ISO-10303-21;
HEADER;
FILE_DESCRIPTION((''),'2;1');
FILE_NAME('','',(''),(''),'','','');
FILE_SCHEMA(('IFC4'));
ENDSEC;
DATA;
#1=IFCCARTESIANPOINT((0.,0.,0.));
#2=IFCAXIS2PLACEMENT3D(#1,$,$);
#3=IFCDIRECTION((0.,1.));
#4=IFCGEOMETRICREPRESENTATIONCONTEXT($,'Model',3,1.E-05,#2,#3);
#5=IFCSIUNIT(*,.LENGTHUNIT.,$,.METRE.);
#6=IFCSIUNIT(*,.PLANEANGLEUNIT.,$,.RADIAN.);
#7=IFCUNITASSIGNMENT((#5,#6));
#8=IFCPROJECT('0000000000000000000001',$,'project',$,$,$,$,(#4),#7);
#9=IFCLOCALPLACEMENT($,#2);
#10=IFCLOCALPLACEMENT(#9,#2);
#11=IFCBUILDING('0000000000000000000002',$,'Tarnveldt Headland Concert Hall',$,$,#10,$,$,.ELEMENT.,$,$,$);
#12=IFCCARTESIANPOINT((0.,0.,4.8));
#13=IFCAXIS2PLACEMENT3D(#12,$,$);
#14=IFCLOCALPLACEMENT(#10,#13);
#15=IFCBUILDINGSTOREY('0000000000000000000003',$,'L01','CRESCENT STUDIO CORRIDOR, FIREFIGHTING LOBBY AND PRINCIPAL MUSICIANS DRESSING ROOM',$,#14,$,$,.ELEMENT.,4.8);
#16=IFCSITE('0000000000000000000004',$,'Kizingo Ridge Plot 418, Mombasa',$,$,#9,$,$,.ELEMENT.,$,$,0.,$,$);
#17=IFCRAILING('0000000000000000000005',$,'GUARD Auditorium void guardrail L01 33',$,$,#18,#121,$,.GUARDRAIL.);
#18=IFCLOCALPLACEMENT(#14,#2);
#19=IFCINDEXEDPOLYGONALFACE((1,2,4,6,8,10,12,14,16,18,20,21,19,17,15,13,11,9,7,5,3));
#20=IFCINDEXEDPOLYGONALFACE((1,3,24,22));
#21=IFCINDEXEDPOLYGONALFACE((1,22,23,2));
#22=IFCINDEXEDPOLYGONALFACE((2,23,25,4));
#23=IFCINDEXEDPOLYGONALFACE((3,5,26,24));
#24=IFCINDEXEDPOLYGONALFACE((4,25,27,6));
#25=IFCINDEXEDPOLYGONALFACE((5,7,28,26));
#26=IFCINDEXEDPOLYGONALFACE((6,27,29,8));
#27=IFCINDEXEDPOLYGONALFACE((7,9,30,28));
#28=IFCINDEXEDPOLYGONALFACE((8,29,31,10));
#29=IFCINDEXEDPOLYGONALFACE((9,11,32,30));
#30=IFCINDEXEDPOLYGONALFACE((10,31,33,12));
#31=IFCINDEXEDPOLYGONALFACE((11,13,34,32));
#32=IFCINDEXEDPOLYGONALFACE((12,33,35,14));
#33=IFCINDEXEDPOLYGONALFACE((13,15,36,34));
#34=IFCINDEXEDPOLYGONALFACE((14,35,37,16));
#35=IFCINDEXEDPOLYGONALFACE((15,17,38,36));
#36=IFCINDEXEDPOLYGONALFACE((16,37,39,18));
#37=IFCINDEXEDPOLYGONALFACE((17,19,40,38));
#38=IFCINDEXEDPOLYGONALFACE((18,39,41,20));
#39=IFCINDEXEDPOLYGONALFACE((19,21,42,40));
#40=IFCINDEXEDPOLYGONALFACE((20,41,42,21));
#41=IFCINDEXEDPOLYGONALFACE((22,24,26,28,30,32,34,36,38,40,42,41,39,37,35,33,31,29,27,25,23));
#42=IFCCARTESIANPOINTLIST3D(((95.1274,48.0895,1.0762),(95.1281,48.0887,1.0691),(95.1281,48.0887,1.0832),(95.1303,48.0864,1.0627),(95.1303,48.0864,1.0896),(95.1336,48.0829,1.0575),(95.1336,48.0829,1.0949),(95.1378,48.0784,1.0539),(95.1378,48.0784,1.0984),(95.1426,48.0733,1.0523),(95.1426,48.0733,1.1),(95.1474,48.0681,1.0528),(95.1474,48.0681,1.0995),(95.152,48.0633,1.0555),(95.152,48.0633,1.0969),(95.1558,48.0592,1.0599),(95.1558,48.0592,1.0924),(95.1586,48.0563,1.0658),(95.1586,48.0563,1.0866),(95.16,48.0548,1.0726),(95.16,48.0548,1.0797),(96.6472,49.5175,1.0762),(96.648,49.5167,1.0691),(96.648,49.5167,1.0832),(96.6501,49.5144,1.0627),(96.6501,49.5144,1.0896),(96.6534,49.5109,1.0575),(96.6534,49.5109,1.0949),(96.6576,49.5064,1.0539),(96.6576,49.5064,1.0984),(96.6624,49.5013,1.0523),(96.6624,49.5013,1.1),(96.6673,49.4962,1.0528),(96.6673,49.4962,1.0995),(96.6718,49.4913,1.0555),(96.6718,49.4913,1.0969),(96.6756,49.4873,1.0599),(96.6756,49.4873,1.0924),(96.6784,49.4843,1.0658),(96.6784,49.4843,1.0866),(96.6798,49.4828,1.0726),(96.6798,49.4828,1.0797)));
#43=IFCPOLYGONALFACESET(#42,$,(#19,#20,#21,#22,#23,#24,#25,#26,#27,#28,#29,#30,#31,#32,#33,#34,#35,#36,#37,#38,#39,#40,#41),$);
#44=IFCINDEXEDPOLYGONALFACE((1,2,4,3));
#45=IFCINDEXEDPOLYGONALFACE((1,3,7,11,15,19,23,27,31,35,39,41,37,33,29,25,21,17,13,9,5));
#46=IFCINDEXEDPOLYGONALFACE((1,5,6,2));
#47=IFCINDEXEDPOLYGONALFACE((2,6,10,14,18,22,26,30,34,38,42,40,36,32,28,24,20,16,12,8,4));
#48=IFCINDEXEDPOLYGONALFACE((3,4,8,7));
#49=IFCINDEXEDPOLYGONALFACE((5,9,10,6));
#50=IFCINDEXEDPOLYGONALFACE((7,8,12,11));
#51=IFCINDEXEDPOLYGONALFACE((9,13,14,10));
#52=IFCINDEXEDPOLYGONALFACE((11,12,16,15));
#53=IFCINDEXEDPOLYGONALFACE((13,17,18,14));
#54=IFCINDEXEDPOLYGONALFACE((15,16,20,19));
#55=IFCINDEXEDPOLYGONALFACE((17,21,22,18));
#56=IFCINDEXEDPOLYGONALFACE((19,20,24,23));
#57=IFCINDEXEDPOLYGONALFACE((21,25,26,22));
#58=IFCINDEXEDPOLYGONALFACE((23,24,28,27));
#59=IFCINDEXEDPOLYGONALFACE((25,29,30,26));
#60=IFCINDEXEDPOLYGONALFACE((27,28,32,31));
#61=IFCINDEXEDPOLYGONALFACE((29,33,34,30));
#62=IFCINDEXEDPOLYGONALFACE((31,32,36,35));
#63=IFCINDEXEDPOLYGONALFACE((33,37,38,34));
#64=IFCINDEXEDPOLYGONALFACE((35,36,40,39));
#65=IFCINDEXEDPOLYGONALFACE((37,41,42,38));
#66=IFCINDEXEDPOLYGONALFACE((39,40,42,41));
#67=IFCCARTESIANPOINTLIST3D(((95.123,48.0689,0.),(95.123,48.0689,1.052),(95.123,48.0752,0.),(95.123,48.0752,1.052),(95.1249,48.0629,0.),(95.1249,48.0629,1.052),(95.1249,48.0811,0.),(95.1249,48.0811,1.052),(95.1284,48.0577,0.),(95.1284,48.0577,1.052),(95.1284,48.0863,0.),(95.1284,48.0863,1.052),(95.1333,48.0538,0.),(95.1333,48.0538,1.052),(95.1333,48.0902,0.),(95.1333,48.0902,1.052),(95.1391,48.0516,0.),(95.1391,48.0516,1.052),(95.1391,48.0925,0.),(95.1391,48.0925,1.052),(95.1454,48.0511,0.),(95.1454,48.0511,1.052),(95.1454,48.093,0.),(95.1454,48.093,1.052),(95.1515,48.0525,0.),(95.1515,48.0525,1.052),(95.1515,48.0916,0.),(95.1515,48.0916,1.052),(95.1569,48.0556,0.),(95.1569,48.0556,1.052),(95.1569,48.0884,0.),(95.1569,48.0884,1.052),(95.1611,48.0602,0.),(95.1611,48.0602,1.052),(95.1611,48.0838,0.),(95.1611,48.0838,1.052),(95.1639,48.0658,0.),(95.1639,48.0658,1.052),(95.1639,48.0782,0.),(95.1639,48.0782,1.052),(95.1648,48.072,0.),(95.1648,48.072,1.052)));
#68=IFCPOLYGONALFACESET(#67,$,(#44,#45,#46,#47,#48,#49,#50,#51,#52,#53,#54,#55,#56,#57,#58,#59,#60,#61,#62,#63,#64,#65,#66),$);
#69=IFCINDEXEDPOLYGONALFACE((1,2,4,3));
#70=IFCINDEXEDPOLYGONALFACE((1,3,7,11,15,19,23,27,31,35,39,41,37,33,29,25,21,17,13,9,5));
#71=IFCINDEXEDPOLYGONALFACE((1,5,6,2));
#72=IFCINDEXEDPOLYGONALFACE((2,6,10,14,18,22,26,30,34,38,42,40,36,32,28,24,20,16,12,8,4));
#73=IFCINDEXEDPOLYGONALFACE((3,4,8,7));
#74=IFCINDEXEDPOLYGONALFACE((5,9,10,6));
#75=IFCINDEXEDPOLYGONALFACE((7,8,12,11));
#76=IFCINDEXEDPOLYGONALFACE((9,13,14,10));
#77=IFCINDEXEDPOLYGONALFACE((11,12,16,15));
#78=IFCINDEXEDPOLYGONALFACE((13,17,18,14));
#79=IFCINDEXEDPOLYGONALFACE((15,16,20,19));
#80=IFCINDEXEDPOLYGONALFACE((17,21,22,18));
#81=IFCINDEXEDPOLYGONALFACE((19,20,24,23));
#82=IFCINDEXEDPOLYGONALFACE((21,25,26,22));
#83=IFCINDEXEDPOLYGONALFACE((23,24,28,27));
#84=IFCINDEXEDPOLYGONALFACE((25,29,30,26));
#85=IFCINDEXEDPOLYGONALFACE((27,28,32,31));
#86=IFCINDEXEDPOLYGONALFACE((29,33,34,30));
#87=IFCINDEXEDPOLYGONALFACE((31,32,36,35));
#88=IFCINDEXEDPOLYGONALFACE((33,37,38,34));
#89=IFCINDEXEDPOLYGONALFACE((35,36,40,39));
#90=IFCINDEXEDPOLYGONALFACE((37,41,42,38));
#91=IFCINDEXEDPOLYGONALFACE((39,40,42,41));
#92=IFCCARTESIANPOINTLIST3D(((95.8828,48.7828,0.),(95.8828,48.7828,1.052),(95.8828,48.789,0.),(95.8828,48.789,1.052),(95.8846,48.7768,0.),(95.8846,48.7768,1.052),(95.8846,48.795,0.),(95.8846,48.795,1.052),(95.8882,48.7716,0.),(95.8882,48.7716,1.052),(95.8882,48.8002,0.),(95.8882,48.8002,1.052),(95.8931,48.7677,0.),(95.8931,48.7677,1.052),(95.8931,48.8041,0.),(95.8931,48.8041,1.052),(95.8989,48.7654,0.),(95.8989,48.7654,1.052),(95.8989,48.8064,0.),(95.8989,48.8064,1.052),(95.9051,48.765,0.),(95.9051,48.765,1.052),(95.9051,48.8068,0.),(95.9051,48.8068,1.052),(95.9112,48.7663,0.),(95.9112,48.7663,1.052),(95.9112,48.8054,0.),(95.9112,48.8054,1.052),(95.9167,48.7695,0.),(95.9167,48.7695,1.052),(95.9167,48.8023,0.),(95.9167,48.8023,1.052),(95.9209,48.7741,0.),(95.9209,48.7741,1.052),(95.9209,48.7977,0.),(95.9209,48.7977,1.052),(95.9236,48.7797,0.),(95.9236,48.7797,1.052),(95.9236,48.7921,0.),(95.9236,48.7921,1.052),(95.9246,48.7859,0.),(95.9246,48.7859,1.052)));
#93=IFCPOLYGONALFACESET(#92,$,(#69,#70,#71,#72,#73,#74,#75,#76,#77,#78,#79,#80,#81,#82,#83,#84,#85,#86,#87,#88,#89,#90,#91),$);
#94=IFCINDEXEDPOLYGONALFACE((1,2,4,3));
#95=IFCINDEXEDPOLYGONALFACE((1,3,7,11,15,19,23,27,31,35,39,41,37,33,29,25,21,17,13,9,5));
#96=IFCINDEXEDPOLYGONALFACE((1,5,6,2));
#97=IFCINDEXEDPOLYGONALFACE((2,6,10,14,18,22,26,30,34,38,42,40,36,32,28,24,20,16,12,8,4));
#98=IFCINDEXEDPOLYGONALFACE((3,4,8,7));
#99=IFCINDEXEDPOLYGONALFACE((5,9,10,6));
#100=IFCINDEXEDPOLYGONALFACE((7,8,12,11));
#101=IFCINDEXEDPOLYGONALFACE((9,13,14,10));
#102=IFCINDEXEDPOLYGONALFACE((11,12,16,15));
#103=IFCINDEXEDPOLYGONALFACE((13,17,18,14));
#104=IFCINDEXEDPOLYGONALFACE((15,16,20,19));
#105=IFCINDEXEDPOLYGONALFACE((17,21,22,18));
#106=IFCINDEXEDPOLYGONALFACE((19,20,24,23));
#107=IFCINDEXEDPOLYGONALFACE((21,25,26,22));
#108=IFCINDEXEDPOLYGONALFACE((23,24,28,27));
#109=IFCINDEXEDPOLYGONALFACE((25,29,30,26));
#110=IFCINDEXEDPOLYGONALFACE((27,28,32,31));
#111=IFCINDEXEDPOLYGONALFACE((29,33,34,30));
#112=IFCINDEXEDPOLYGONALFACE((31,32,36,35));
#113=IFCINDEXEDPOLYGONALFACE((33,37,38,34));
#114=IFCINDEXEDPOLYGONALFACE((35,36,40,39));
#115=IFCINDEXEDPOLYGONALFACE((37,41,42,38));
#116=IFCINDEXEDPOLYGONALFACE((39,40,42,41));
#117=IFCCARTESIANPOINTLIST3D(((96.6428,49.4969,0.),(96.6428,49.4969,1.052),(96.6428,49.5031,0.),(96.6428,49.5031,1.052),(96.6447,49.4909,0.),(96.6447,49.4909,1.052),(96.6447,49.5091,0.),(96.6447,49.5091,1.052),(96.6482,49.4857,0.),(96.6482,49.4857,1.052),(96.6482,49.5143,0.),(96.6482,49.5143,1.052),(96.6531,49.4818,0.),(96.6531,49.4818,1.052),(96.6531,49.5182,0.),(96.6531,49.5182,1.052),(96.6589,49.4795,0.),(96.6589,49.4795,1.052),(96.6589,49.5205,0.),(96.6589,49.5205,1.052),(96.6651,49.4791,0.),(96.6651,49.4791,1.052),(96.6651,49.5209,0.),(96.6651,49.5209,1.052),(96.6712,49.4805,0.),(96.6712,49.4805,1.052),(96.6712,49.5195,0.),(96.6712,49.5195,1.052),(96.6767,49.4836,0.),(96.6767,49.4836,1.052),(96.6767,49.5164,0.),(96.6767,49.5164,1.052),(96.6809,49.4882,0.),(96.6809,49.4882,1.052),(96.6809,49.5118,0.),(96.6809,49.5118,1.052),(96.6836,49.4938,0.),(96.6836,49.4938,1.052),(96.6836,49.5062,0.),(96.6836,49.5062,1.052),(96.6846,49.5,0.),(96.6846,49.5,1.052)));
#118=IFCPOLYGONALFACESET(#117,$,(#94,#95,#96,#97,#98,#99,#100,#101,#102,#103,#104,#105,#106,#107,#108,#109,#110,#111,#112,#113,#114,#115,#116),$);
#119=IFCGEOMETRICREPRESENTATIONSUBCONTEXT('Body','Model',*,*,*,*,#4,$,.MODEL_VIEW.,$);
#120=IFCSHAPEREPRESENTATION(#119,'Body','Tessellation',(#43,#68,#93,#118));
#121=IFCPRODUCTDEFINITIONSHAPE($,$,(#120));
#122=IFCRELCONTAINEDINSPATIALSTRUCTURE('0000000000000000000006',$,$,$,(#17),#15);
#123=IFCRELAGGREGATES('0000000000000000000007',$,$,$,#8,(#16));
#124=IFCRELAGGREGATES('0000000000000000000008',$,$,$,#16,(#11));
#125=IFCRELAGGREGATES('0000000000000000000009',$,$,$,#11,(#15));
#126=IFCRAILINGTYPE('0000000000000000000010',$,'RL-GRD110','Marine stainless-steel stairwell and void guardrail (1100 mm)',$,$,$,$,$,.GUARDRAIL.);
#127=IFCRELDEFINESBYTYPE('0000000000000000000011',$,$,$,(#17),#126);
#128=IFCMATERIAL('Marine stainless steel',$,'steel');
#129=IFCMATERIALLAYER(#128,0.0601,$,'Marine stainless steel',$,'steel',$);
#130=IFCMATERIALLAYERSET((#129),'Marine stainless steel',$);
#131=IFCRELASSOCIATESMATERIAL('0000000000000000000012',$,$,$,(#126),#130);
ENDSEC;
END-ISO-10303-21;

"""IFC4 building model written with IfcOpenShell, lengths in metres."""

from ifc_helpers import new_model, si_unit, direction, frame, origin, origin_2d, place, context, subcontext, project, spatial, circle, extrude, material, layer, layer_set, type_object, element, save


model = new_model("IFC4")

# Units and contexts
model_context = context("Model", 3, precision=1e-05, world=origin(), true_north=direction((0.0, 1.0)))
body_context = subcontext(model_context, "Body", "Model", "MODEL_VIEW")
ifc_project = project(units=[si_unit("LENGTHUNIT", "METRE"), si_unit("PLANEANGLEUNIT", "RADIAN")], contexts=[model_context])

# Site, building, storey
site_placement = place(None, origin())
site = spatial("IfcSite", under=ifc_project, at=site_placement, Name="Kizingo Ridge Plot 418, Mombasa", CompositionType="ELEMENT", RefElevation=0.0)
building_placement = place(site_placement, origin())
building = spatial("IfcBuilding", under=site, at=building_placement, Name="Tarnveldt Headland Concert Hall", CompositionType="ELEMENT")
storey_placement = place(building_placement, frame((0.0, 0.0, 4.8)))
storey = spatial("IfcBuildingStorey", under=building, at=storey_placement, Name="L01", Description="CRESCENT STUDIO CORRIDOR, FIREFIGHTING LOBBY AND PRINCIPAL MUSICIANS DRESSING ROOM", CompositionType="ELEMENT", Elevation=4.8)

# Railing
ifc_material_1 = material(Name="Marine stainless steel", Category="steel")
ifc_layer_1 = layer(ifc_material_1, 0.0601, Name="Marine stainless steel", Category="steel")
ifc_layer_set_1 = layer_set([ifc_layer_1], Name="Marine stainless steel")
railing_type_1 = type_object("IfcRailingType", Name="RL-GRD110", Description="Marine stainless-steel stairwell and void guardrail (1100 mm)", PredefinedType="GUARDRAIL", material=ifc_layer_set_1)
railing_1_placement = place(storey_placement, frame((95.1438, 48.072, 0.0)))
element("IfcRailing", 1, at=railing_1_placement, inside=storey, type_object=railing_type_1, Name="GUARD Auditorium void guardrail L01 33", PredefinedType="GUARDRAIL", context=body_context, shape_type="SweptSolid", body=[
    extrude(circle(Radius=0.0239, at=origin_2d()), frame((0.0, 0.0, 1.0762), z_axis=(0.728774, 0.684755, 0.0), x_axis=(-0.684755, 0.728774, 0.0)), (0.0, 0.0, 1.0), 2.0854),
    extrude(circle(Radius=0.021, at=origin_2d()), origin(), (0.0, 0.0, 1.0), 1.052),
    extrude(circle(Radius=0.021, at=origin_2d()), frame((0.7598, 0.7139, 0.0)), (0.0, 0.0, 1.0), 1.052),
    extrude(circle(Radius=0.021, at=origin_2d()), frame((1.5198, 1.428, 0.0)), (0.0, 0.0, 1.0), 1.052),
])

save(model, "model.ifc")
